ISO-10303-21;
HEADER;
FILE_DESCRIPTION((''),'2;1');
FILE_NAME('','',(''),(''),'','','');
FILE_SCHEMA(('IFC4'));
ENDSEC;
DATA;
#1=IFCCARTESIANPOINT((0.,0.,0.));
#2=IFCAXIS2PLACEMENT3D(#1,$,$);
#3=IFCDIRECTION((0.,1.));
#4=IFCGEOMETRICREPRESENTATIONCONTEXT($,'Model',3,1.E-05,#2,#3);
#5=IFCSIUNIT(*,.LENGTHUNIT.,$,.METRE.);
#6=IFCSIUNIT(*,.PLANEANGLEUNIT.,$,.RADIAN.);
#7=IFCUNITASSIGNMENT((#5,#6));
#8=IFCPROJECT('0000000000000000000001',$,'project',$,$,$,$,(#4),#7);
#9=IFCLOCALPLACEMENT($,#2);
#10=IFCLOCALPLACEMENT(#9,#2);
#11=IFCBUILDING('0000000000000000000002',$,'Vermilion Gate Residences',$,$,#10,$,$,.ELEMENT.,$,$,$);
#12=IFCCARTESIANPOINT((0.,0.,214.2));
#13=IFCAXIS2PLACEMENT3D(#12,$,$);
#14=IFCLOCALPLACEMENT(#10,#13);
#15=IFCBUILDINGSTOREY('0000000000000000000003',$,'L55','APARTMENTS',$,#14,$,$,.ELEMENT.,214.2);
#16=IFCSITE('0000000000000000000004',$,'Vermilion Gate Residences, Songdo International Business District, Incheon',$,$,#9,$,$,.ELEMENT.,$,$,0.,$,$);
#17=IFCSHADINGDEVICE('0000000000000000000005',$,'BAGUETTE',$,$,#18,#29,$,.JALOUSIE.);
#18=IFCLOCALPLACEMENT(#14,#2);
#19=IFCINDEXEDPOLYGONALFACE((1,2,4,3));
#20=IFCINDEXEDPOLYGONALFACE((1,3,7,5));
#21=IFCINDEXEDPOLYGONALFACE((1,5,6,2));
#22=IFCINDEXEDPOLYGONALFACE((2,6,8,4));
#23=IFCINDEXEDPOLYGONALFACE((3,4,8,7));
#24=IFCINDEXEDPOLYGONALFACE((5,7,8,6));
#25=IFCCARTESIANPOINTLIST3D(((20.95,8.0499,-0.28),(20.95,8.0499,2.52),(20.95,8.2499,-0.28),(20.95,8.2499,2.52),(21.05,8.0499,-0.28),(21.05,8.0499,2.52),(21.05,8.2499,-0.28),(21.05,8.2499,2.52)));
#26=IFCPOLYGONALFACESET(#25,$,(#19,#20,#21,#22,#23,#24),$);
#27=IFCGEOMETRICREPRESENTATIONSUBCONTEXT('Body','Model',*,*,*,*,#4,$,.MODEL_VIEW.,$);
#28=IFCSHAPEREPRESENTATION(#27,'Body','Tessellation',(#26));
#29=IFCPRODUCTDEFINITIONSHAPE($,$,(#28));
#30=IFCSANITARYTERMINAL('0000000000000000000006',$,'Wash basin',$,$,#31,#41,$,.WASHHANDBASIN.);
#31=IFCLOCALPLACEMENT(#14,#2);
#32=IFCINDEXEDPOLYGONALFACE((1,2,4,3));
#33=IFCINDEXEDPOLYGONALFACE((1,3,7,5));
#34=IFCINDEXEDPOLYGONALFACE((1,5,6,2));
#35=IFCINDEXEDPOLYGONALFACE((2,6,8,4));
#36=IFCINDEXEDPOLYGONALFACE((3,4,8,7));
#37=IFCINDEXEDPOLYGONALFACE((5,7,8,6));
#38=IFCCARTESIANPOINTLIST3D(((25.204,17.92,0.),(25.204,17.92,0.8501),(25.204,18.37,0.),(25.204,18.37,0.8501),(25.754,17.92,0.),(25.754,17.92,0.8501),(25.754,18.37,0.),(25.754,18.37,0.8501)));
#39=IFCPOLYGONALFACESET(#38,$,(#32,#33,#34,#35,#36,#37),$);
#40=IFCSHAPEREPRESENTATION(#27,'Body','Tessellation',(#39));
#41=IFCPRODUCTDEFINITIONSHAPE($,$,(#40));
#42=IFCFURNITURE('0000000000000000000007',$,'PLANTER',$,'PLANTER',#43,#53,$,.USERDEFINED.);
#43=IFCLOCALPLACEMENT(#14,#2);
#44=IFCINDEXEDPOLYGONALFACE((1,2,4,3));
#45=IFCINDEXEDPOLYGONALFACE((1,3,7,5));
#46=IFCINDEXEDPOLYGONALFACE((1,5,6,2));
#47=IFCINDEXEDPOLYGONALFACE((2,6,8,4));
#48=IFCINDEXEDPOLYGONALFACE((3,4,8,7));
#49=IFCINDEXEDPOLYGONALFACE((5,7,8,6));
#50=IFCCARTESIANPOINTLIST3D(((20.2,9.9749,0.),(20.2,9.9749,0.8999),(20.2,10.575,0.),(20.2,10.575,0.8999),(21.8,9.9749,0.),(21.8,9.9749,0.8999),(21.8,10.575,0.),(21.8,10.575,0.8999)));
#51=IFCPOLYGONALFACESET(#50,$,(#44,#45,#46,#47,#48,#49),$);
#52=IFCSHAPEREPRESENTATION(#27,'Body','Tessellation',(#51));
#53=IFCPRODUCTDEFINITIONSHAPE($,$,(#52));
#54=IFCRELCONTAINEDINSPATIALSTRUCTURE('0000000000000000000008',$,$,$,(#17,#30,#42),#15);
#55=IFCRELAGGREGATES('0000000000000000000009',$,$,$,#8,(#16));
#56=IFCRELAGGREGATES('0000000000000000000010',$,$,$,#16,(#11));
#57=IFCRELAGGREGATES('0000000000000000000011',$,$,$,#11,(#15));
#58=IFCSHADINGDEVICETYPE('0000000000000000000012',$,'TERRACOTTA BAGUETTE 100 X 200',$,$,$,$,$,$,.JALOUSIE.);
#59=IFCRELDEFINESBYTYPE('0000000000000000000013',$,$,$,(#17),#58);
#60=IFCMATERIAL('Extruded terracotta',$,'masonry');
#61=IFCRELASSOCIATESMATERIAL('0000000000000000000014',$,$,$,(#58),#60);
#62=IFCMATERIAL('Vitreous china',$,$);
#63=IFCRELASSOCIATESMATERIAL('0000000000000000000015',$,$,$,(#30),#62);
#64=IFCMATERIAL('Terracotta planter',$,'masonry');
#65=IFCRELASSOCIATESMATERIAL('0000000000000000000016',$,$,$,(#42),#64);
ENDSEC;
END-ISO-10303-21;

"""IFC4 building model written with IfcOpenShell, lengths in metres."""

from ifc_helpers import new_model, si_unit, direction, frame, origin, origin_2d, place, context, subcontext, project, spatial, rectangle, extrude, material, material_profile, profile_set, type_object, element, save


model = new_model("IFC4")

# Units and contexts
model_context = context("Model", 3, precision=1e-05, world=origin(), true_north=direction((0.0, 1.0)))
body_context = subcontext(model_context, "Body", "Model", "MODEL_VIEW")
ifc_project = project(units=[si_unit("LENGTHUNIT", "METRE"), si_unit("PLANEANGLEUNIT", "RADIAN")], contexts=[model_context])

# Site, building, storey
site_placement = place(None, origin())
site = spatial("IfcSite", under=ifc_project, at=site_placement, Name="Vermilion Gate Residences, Songdo International Business District, Incheon", CompositionType="ELEMENT", RefElevation=0.0)
building_placement = place(site_placement, origin())
building = spatial("IfcBuilding", under=site, at=building_placement, Name="Vermilion Gate Residences", CompositionType="ELEMENT")
storey_placement = place(building_placement, frame((0.0, 0.0, 214.2)))
storey = spatial("IfcBuildingStorey", under=building, at=storey_placement, Name="L55", Description="APARTMENTS", CompositionType="ELEMENT", Elevation=214.2)

# Shading device
ifc_material_1 = material(Name="Extruded terracotta", Category="masonry")
ifc_material_profile_1 = material_profile(ifc_material_1, rectangle(XDim=0.2, YDim=0.1001, at=origin_2d()), Name="BAGUETTE 100 X 200")
ifc_profile_set_1 = profile_set([ifc_material_profile_1], Name="Extruded terracotta")
shading_device_type_1 = type_object("IfcShadingDeviceType", Name="TERRACOTTA BAGUETTE 100 X 200", PredefinedType="JALOUSIE", material=ifc_profile_set_1)
shading_device_1_placement = place(storey_placement, frame((21.0, 8.1499, -0.28), z_axis=(0.0, 0.0, 1.0), x_axis=(0.0, 1.0, 0.0)))
element("IfcShadingDevice", 1, at=shading_device_1_placement, inside=storey, type_object=shading_device_type_1, Name="BAGUETTE", PredefinedType="JALOUSIE", context=body_context, shape_type="SweptSolid", body=[
    extrude(rectangle(XDim=0.2, YDim=0.1001, at=origin_2d()), origin(), (0.0, 0.0, 1.0), 2.8),
])

# Sanitary terminal
ifc_material_2 = material(Name="Vitreous china")
sanitary_terminal_placement = place(storey_placement, frame((25.479, 18.145, 0.0), z_axis=(0.0, 0.0, 1.0), x_axis=(1.0, 0.0, 0.0)))
element("IfcSanitaryTerminal", 2, at=sanitary_terminal_placement, inside=storey, material=ifc_material_2, Name="Wash basin", PredefinedType="WASHHANDBASIN", context=body_context, shape_type="SweptSolid", body=[
    extrude(rectangle(XDim=0.55, YDim=0.45, at=origin_2d()), origin(), (0.0, 0.0, 1.0), 0.8501),
])

# Furniture
ifc_material_3 = material(Name="Terracotta planter", Category="masonry")
furniture_placement = place(storey_placement, frame((21.0, 10.2749, 0.0), z_axis=(0.0, 0.0, 1.0), x_axis=(1.0, 0.0, 0.0)))
element("IfcFurniture", 3, at=furniture_placement, inside=storey, material=ifc_material_3, Name="PLANTER", ObjectType="PLANTER", PredefinedType="USERDEFINED", context=body_context, shape_type="SweptSolid", body=[
    extrude(rectangle(XDim=1.6001, YDim=0.6001, at=origin_2d()), origin(), (0.0, 0.0, 1.0), 0.8999),
])

save(model, "model.ifc")
